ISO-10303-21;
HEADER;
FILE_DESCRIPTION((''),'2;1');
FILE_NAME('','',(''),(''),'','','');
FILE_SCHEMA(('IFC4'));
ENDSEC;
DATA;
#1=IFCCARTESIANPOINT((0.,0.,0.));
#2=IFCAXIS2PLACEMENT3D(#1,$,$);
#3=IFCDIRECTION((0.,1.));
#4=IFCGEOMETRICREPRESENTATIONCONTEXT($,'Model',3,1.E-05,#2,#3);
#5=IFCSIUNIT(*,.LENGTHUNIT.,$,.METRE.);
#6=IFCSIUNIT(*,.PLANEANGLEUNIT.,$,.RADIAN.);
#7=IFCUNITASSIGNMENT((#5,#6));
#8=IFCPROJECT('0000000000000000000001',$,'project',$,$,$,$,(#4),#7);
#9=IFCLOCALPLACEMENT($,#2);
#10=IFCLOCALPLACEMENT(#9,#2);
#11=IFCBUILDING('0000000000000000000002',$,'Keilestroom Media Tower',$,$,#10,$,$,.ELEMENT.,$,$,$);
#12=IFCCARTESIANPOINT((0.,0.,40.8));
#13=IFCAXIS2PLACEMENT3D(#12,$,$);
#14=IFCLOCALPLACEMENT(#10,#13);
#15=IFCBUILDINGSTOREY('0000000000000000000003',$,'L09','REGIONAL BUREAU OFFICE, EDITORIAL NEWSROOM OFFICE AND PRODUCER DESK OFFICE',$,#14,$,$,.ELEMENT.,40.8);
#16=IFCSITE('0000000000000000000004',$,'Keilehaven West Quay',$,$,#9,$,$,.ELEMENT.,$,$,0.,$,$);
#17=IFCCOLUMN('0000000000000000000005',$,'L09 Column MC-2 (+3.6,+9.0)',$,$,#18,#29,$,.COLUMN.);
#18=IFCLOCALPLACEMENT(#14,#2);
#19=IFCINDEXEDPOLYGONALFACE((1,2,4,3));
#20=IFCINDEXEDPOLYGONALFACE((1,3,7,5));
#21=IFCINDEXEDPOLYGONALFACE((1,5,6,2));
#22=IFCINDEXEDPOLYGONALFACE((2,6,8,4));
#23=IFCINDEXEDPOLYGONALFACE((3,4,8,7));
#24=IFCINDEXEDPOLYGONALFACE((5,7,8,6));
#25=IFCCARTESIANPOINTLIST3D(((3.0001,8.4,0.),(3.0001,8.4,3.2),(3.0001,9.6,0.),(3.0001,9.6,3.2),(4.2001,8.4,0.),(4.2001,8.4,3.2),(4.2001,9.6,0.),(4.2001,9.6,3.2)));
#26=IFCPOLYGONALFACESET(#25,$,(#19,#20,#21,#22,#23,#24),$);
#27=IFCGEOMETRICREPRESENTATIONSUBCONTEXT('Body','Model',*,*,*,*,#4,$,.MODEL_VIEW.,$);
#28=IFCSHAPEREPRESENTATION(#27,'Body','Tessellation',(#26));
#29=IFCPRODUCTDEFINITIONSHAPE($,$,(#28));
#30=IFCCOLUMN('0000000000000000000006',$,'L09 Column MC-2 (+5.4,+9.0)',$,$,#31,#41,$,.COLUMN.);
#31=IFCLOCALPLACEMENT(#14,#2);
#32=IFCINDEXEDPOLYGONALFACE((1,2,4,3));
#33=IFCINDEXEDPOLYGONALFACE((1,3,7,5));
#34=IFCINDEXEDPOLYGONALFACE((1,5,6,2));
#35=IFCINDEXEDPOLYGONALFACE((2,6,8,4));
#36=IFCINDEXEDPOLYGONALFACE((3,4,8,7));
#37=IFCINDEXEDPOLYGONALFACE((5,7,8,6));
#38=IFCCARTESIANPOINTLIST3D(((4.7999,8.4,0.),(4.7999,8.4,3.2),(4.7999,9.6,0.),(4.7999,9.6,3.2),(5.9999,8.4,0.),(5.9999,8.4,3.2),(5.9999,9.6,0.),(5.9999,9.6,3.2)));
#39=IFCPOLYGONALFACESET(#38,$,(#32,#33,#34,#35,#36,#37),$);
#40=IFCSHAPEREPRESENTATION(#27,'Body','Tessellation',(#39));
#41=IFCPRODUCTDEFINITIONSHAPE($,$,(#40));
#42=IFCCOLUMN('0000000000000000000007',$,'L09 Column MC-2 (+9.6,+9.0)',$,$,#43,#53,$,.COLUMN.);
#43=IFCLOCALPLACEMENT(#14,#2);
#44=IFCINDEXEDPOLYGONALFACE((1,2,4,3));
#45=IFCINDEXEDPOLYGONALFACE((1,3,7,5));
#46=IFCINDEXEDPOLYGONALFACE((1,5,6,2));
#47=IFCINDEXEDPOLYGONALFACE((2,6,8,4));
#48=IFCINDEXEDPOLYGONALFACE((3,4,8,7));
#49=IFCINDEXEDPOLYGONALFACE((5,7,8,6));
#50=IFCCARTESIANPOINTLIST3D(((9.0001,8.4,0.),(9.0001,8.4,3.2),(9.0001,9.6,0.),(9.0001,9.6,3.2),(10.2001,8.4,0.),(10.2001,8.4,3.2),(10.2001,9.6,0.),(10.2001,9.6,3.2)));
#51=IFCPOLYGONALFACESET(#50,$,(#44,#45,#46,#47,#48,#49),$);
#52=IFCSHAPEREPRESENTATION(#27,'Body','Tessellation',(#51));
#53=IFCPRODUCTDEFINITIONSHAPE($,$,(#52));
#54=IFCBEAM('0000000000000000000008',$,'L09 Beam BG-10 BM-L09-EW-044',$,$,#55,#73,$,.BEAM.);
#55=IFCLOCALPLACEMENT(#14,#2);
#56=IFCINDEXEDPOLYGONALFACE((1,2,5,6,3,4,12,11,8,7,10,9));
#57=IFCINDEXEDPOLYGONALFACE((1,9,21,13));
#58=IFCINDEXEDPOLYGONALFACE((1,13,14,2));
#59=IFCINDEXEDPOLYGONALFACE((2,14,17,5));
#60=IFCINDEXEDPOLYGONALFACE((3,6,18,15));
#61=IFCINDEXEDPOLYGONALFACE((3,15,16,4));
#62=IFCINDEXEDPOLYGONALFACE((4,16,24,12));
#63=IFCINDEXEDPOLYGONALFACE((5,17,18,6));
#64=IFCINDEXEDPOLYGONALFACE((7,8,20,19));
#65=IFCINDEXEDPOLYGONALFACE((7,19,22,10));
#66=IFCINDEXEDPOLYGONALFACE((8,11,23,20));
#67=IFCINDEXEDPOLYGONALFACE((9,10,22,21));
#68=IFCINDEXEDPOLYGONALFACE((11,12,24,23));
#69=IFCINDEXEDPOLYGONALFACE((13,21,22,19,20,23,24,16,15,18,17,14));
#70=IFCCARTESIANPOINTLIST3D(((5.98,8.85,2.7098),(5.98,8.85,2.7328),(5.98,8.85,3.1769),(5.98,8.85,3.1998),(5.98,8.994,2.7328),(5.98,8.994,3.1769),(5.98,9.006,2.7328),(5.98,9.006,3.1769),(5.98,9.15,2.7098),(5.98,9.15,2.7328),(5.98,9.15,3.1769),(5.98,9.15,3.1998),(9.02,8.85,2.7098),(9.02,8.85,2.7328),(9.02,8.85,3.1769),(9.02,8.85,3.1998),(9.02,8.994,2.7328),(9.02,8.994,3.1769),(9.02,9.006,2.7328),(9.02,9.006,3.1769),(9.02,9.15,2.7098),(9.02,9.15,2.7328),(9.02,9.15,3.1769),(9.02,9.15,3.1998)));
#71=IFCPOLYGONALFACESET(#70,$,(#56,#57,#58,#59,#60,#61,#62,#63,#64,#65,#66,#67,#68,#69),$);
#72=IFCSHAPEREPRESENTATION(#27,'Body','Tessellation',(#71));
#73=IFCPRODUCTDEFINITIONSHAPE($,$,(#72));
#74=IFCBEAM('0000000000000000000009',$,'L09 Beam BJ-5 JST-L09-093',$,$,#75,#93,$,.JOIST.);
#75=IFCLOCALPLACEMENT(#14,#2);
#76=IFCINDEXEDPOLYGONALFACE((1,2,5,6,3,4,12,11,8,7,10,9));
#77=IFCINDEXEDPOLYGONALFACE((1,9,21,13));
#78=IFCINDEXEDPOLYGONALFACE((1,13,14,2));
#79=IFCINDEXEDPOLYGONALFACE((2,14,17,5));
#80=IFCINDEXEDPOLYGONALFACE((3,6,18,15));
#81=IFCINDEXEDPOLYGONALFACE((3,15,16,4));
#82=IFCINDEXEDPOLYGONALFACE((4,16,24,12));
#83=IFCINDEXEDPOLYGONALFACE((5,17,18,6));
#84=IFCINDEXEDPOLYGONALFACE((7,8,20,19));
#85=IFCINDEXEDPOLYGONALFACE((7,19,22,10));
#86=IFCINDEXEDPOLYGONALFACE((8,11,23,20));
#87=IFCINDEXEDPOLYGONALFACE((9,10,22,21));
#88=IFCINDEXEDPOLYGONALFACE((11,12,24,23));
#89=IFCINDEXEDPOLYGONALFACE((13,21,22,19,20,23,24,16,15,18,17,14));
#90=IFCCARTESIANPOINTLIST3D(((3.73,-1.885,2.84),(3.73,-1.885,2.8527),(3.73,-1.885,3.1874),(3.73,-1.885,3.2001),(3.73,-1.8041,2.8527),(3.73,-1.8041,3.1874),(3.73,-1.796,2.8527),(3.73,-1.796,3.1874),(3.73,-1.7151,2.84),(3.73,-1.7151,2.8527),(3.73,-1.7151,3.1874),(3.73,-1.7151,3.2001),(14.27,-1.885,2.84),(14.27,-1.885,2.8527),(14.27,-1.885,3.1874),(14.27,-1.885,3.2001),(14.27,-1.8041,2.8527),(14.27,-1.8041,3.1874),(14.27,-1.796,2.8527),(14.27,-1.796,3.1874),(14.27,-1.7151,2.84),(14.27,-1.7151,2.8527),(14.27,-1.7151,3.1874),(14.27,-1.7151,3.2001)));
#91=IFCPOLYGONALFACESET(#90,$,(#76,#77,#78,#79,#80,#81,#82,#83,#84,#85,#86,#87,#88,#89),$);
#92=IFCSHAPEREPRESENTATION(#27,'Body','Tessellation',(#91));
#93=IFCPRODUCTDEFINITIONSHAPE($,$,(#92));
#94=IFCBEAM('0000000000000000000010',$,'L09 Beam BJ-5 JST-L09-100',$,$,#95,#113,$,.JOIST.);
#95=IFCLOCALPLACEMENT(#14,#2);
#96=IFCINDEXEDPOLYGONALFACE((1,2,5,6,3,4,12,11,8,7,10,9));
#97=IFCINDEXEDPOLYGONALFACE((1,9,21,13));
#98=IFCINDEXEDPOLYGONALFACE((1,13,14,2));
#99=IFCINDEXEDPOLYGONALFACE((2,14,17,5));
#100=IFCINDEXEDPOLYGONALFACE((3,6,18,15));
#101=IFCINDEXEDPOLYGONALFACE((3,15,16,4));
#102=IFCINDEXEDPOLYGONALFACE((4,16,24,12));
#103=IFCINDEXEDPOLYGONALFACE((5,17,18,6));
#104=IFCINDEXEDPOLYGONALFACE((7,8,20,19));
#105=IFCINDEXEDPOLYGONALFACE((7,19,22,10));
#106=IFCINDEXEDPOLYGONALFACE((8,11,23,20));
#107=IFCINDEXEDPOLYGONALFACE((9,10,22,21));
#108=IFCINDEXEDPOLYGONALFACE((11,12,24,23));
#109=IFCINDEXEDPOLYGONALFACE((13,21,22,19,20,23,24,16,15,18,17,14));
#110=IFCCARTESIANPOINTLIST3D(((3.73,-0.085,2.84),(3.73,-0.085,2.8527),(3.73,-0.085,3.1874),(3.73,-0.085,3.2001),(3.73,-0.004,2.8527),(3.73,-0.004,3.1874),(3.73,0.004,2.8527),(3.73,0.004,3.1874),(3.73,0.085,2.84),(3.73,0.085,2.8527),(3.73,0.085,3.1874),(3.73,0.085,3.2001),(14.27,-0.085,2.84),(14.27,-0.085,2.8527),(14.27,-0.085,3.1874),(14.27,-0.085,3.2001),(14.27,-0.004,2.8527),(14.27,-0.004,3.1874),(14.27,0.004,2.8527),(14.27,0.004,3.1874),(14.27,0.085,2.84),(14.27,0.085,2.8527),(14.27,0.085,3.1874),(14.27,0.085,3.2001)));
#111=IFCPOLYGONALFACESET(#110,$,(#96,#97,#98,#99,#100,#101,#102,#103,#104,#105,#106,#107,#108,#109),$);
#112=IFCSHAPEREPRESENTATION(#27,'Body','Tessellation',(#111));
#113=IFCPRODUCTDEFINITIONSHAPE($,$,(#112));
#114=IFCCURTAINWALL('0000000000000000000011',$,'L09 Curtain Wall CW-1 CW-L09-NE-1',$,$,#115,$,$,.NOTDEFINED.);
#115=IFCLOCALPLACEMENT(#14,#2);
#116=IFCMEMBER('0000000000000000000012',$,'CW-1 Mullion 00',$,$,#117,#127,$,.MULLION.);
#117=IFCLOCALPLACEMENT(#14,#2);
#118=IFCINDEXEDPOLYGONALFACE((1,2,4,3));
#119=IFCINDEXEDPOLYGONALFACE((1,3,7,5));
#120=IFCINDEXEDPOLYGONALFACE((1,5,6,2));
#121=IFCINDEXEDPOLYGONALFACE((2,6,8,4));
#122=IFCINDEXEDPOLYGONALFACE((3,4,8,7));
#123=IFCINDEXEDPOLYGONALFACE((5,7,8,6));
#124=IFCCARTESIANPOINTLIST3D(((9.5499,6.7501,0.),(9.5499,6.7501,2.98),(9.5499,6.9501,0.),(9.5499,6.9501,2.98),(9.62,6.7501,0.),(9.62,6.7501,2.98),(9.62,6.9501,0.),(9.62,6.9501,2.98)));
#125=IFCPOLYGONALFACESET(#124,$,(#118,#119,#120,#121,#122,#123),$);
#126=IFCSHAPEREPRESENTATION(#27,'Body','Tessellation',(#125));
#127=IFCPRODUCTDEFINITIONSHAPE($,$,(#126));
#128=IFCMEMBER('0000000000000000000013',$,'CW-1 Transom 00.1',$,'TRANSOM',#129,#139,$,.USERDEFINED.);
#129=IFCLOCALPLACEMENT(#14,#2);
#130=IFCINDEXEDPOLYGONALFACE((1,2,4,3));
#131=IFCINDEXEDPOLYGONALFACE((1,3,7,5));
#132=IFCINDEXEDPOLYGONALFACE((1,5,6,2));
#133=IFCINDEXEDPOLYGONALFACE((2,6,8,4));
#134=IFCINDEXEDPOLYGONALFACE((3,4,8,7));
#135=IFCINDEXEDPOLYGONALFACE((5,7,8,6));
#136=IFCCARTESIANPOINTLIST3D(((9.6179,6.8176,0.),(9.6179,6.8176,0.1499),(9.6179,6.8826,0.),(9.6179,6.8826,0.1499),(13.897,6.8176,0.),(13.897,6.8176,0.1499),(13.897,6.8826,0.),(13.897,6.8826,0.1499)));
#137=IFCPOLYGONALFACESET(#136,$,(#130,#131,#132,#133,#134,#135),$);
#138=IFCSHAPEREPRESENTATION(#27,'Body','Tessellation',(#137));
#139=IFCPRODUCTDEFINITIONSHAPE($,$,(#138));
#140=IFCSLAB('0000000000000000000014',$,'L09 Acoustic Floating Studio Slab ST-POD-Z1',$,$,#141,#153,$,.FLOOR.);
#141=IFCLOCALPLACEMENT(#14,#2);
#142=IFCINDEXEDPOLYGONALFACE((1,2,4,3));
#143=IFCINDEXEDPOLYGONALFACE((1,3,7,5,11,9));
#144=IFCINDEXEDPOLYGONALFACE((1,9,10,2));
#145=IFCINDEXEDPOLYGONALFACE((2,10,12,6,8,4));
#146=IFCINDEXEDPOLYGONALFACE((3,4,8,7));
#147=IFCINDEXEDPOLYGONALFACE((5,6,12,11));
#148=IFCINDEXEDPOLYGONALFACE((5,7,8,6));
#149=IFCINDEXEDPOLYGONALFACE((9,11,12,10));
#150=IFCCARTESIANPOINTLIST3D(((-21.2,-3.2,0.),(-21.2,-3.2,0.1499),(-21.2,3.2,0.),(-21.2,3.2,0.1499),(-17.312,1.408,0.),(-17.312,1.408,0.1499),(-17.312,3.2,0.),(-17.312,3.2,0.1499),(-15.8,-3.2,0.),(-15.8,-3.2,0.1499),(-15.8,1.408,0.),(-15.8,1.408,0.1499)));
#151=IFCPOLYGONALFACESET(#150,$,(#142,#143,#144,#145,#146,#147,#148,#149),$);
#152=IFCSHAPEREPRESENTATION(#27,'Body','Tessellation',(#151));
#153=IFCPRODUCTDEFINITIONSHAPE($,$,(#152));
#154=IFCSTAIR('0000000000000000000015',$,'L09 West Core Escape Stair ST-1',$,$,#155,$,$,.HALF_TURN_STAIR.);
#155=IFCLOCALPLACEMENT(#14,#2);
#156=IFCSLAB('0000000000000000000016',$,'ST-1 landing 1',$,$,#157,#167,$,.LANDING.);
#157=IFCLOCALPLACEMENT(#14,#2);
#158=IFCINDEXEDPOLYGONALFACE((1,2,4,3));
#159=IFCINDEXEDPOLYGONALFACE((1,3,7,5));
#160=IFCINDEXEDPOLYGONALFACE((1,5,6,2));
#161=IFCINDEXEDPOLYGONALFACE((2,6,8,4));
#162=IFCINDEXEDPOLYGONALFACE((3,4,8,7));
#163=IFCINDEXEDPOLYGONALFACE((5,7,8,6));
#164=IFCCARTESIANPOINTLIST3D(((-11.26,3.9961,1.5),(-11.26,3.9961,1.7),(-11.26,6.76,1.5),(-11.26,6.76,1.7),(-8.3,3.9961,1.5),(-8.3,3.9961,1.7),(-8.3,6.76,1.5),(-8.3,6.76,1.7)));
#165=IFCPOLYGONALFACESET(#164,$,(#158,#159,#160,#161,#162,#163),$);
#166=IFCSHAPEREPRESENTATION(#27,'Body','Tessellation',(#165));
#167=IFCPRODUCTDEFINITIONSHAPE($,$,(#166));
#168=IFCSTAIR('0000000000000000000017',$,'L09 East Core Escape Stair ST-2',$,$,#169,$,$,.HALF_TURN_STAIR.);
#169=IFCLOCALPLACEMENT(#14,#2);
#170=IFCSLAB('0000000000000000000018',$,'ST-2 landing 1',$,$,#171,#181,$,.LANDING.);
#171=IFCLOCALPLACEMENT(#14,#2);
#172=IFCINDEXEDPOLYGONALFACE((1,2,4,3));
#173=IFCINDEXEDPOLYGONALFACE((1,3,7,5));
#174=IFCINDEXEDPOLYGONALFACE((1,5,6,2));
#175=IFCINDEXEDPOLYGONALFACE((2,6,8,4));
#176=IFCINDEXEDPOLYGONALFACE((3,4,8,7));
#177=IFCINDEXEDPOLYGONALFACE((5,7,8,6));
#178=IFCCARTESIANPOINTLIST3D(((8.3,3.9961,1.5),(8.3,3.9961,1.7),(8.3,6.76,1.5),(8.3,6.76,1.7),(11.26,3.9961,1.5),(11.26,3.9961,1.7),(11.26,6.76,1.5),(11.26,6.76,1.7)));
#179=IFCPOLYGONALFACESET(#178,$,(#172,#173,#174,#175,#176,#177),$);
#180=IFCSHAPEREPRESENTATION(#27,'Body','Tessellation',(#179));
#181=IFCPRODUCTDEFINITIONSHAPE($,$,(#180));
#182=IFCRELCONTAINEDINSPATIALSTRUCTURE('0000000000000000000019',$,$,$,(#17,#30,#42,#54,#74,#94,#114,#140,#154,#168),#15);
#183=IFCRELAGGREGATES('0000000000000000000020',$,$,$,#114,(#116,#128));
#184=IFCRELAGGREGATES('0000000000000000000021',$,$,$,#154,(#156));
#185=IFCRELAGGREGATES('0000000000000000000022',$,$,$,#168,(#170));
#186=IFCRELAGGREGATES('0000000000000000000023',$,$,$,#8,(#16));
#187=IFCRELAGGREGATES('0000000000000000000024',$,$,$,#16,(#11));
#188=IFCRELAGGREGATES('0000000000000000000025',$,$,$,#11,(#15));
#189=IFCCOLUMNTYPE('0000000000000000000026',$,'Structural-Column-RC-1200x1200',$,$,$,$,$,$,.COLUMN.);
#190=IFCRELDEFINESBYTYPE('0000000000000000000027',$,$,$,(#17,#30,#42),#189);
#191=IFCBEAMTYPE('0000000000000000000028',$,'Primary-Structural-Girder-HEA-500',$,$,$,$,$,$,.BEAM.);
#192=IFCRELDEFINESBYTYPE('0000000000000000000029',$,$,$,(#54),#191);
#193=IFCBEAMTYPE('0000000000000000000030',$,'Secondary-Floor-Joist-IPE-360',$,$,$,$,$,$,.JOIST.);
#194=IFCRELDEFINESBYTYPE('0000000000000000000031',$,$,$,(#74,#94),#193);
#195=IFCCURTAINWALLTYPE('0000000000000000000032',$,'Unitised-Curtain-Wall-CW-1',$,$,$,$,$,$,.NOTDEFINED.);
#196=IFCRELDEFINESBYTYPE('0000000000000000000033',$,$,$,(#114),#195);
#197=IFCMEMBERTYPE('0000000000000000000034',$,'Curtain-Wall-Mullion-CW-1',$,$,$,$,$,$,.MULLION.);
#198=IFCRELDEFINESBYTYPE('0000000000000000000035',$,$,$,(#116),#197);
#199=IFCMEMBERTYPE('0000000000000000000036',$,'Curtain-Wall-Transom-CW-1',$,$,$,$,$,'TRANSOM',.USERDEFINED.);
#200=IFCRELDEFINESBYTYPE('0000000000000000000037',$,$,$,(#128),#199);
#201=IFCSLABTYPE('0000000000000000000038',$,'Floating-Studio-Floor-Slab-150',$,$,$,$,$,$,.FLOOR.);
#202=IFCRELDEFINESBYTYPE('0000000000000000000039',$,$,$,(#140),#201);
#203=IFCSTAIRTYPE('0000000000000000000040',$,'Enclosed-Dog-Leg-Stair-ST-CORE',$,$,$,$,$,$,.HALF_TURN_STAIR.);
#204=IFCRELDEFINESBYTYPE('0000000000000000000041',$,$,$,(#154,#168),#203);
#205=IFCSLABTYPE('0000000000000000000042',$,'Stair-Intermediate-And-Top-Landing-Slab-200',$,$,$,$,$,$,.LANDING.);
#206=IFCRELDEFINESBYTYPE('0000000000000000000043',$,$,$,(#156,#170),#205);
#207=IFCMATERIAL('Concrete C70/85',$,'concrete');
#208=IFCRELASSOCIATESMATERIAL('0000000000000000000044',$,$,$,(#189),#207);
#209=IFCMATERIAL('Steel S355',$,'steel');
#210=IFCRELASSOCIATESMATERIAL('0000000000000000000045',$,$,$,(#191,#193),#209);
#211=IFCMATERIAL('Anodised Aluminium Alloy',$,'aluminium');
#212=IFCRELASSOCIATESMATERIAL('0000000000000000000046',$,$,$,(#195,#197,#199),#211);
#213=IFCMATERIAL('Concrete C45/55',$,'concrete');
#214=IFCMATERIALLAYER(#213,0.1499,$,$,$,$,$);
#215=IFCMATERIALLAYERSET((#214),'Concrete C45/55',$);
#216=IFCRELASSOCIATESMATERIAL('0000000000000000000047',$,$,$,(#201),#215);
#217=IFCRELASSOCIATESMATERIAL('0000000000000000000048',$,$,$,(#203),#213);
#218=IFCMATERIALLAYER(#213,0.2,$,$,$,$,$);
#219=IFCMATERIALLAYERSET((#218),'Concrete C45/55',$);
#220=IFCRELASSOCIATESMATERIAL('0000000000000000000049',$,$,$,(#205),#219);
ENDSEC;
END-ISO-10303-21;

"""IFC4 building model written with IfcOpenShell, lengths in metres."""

from ifc_helpers import new_model, si_unit, direction, frame, origin, origin_2d, place, context, subcontext, project, spatial, polyline, rectangle, i_section, outline, extrude, source, transform, mapped, material, layer, layer_set, material_profile, profile_set, type_object, element, aggregate, save


model = new_model("IFC4")

# Units and contexts
model_context = context("Model", 3, precision=1e-05, world=origin(), true_north=direction((0.0, 1.0)))
body_context = subcontext(model_context, "Body", "Model", "MODEL_VIEW")
ifc_project = project(units=[si_unit("LENGTHUNIT", "METRE"), si_unit("PLANEANGLEUNIT", "RADIAN")], contexts=[model_context])

# Site, building, storey
site_placement = place(None, origin())
site = spatial("IfcSite", under=ifc_project, at=site_placement, Name="Keilehaven West Quay", CompositionType="ELEMENT", RefElevation=0.0)
building_placement = place(site_placement, origin())
building = spatial("IfcBuilding", under=site, at=building_placement, Name="Keilestroom Media Tower", CompositionType="ELEMENT")
storey_placement = place(building_placement, frame((0.0, 0.0, 40.8)))
storey = spatial("IfcBuildingStorey", under=building, at=storey_placement, Name="L09", Description="REGIONAL BUREAU OFFICE, EDITORIAL NEWSROOM OFFICE AND PRODUCER DESK OFFICE", CompositionType="ELEMENT", Elevation=40.8)

# Columns
ifc_material_1 = material(Name="Concrete C70/85", Category="concrete")
ifc_material_profile_1 = material_profile(ifc_material_1, rectangle(XDim=1.2, YDim=1.2, at=origin_2d()), Name="RC 1200x1200")
ifc_profile_set_1 = profile_set([ifc_material_profile_1], Name="Concrete C70/85")
column_type = type_object("IfcColumnType", Name="Structural-Column-RC-1200x1200", PredefinedType="COLUMN", material=ifc_profile_set_1)
shared_shape_1 = source(origin(), body_context, "Body", "SweptSolid", [
    extrude(rectangle(XDim=1.2, YDim=1.2, at=origin_2d()), origin(), (0.0, 0.0, 1.0), 3.2),
])
for number, where, z_axis, x_axis, name in (
    (1, (3.6001, 9.0, 0.0), (0.0, 0.0, 1.0), (1.0, 0.0, 0.0), "L09 Column MC-2 (+3.6,+9.0)"),
    (2, (5.3999, 9.0, 0.0), (0.0, 0.0, 1.0), (1.0, 0.0, 0.0), "L09 Column MC-2 (+5.4,+9.0)"),
    (3, (9.6001, 9.0, 0.0), (0.0, 0.0, 1.0), (1.0, 0.0, 0.0), "L09 Column MC-2 (+9.6,+9.0)"),
):
    element("IfcColumn", number, at=place(storey_placement, frame(where, z_axis=z_axis, x_axis=x_axis)), inside=storey, type_object=column_type, Name=name, PredefinedType="COLUMN", context=body_context, shape_type="MappedRepresentation", body=[
        mapped(shared_shape_1, transform((0.0, 0.0, 0.0), x_axis=(1.0, 0.0, 0.0), y_axis=(0.0, 1.0, 0.0), z_axis=(0.0, 0.0, 1.0), scale=1.0)),
    ])

# Beams
ifc_material_2 = material(Name="Steel S355", Category="steel")
ifc_material_profile_2 = material_profile(ifc_material_2, i_section(OverallWidth=0.3, OverallDepth=0.49, WebThickness=0.012, FlangeThickness=0.0229, at=origin_2d()), Name="HEA 500")
ifc_profile_set_2 = profile_set([ifc_material_profile_2], Name="Steel S355")
beam_type_1 = type_object("IfcBeamType", Name="Primary-Structural-Girder-HEA-500", PredefinedType="BEAM", material=ifc_profile_set_2)
shared_shape_2 = source(origin(), body_context, "Body", "SweptSolid", [
    extrude(i_section(OverallWidth=0.3, OverallDepth=0.49, WebThickness=0.012, FlangeThickness=0.0229, at=origin_2d()), origin(), (0.0, 0.0, 1.0), 3.04),
])
beam_placement = place(storey_placement, frame((5.98, 9.0, 2.9548), z_axis=(1.0, 0.0, 0.0), x_axis=(0.0, 1.0, 0.0)))
element("IfcBeam", 4, at=beam_placement, inside=storey, type_object=beam_type_1, Name="L09 Beam BG-10 BM-L09-EW-044", PredefinedType="BEAM", context=body_context, shape_type="MappedRepresentation", body=[
    mapped(shared_shape_2, transform((0.0, 0.0, 0.0), x_axis=(1.0, 0.0, 0.0), y_axis=(0.0, 1.0, 0.0), z_axis=(0.0, 0.0, 1.0), scale=1.0)),
])
ifc_material_profile_3 = material_profile(ifc_material_2, i_section(OverallWidth=0.1699, OverallDepth=0.3601, WebThickness=0.0081, FlangeThickness=0.0127, at=origin_2d()), Name="IPE 360")
ifc_profile_set_3 = profile_set([ifc_material_profile_3], Name="Steel S355")
beam_type_2 = type_object("IfcBeamType", Name="Secondary-Floor-Joist-IPE-360", PredefinedType="JOIST", material=ifc_profile_set_3)
shared_shape_3 = source(origin(), body_context, "Body", "SweptSolid", [
    extrude(i_section(OverallWidth=0.1699, OverallDepth=0.3601, WebThickness=0.0081, FlangeThickness=0.0127, at=origin_2d()), origin(), (0.0, 0.0, 1.0), 10.54),
])
for number, where, z_axis, x_axis, name in (
    (5, (3.73, -1.8, 3.02), (1.0, 0.0, 0.0), (0.0, 1.0, 0.0), "L09 Beam BJ-5 JST-L09-093"),
    (6, (3.73, 0.0, 3.02), (1.0, 0.0, 0.0), (0.0, 1.0, 0.0), "L09 Beam BJ-5 JST-L09-100"),
):
    element("IfcBeam", number, at=place(storey_placement, frame(where, z_axis=z_axis, x_axis=x_axis)), inside=storey, type_object=beam_type_2, Name=name, PredefinedType="JOIST", context=body_context, shape_type="MappedRepresentation", body=[
        mapped(shared_shape_3, transform((0.0, 0.0, 0.0), x_axis=(1.0, 0.0, 0.0), y_axis=(0.0, 1.0, 0.0), z_axis=(0.0, 0.0, 1.0), scale=1.0)),
    ])

# Curtain wall, members
ifc_material_3 = material(Name="Anodised Aluminium Alloy", Category="aluminium")
curtain_wall_type = type_object("IfcCurtainWallType", Name="Unitised-Curtain-Wall-CW-1", PredefinedType="NOTDEFINED", material=ifc_material_3)
curtain_wall_placement = place(storey_placement, origin())
curtain_wall = element("IfcCurtainWall", 7, at=curtain_wall_placement, inside=storey, type_object=curtain_wall_type, Name="L09 Curtain Wall CW-1 CW-L09-NE-1", PredefinedType="NOTDEFINED")
ifc_material_profile_4 = material_profile(ifc_material_3, rectangle(XDim=0.0701, YDim=0.2, at=origin_2d()), Name="ALU MULLION 70x200")
ifc_profile_set_4 = profile_set([ifc_material_profile_4], Name="Anodised Aluminium Alloy")
member_type_1 = type_object("IfcMemberType", Name="Curtain-Wall-Mullion-CW-1", PredefinedType="MULLION", material=ifc_profile_set_4)
shared_shape_4 = source(origin(), body_context, "Body", "SweptSolid", [
    extrude(rectangle(XDim=0.0701, YDim=0.2, at=origin_2d()), origin(), (0.0, 0.0, 1.0), 2.98),
])
member_1_placement = place(storey_placement, frame((9.585, 6.8501, 0.0), z_axis=(0.0, 0.0, 1.0), x_axis=(1.0, 0.0, 0.0)))
member_1 = element("IfcMember", 8, at=member_1_placement, type_object=member_type_1, Name="CW-1 Mullion 00", PredefinedType="MULLION", context=body_context, shape_type="MappedRepresentation", body=[
    mapped(shared_shape_4, transform((0.0, 0.0, 0.0), x_axis=(1.0, 0.0, 0.0), y_axis=(0.0, 1.0, 0.0), z_axis=(0.0, 0.0, 1.0), scale=1.0)),
])
ifc_material_profile_5 = material_profile(ifc_material_3, rectangle(XDim=0.0649, YDim=0.1499, at=origin_2d()), Name="ALU TRANSOM 65x150")
ifc_profile_set_5 = profile_set([ifc_material_profile_5], Name="Anodised Aluminium Alloy")
member_type_2 = type_object("IfcMemberType", Name="Curtain-Wall-Transom-CW-1", ElementType="TRANSOM", PredefinedType="USERDEFINED", material=ifc_profile_set_5)
shared_shape_5 = source(origin(), body_context, "Body", "SweptSolid", [
    extrude(rectangle(XDim=0.0649, YDim=0.1499, at=origin_2d()), origin(), (0.0, 0.0, 1.0), 4.2791),
])
member_2_placement = place(storey_placement, frame((9.6179, 6.8501, 0.075), z_axis=(1.0, 0.0, 0.0), x_axis=(0.0, 1.0, 0.0)))
member_2 = element("IfcMember", 9, at=member_2_placement, type_object=member_type_2, Name="CW-1 Transom 00.1", ObjectType="TRANSOM", PredefinedType="USERDEFINED", context=body_context, shape_type="MappedRepresentation", body=[
    mapped(shared_shape_5, transform((0.0, 0.0, 0.0), x_axis=(1.0, 0.0, 0.0), y_axis=(0.0, 1.0, 0.0), z_axis=(0.0, 0.0, 1.0), scale=1.0)),
])
aggregate(curtain_wall, [member_1, member_2])

# Slab
ifc_material_4 = material(Name="Concrete C45/55", Category="concrete")
ifc_layer_1 = layer(ifc_material_4, 0.1499)
ifc_layer_set_1 = layer_set([ifc_layer_1], Name="Concrete C45/55")
slab_type_1 = type_object("IfcSlabType", Name="Floating-Studio-Floor-Slab-150", PredefinedType="FLOOR", material=ifc_layer_set_1)
slab_1_placement = place(storey_placement, origin())
element("IfcSlab", 10, at=slab_1_placement, inside=storey, type_object=slab_type_1, Name="L09 Acoustic Floating Studio Slab ST-POD-Z1", PredefinedType="FLOOR", context=body_context, shape_type="SweptSolid", body=[
    extrude(outline(polyline([(-21.2, -3.2), (-15.8, -3.2), (-15.8, 1.408), (-17.312, 1.408), (-17.312, 3.2), (-21.2, 3.2), (-21.2, -3.2)])), origin(), (0.0, 0.0, 1.0), 0.1499),
])

# Stairs, slabs
stair_type = type_object("IfcStairType", Name="Enclosed-Dog-Leg-Stair-ST-CORE", PredefinedType="HALF_TURN_STAIR", material=ifc_material_4)
stair_1_placement = place(storey_placement, origin())
stair_1 = element("IfcStair", 11, at=stair_1_placement, inside=storey, type_object=stair_type, Name="L09 West Core Escape Stair ST-1", PredefinedType="HALF_TURN_STAIR")
ifc_layer_2 = layer(ifc_material_4, 0.2)
ifc_layer_set_2 = layer_set([ifc_layer_2], Name="Concrete C45/55")
slab_type_2 = type_object("IfcSlabType", Name="Stair-Intermediate-And-Top-Landing-Slab-200", PredefinedType="LANDING", material=ifc_layer_set_2)
slab_2_placement = place(storey_placement, frame((0.0, 0.0, 1.5)))
slab_2 = element("IfcSlab", 12, at=slab_2_placement, type_object=slab_type_2, Name="ST-1 landing 1", PredefinedType="LANDING", context=body_context, shape_type="SweptSolid", body=[
    extrude(outline(polyline([(-8.3, 3.9961), (-8.3, 6.76), (-11.26, 6.76), (-11.26, 3.9961), (-8.3, 3.9961)])), origin(), (0.0, 0.0, 1.0), 0.2),
])
aggregate(stair_1, [slab_2])
stair_2_placement = place(storey_placement, origin())
stair_2 = element("IfcStair", 13, at=stair_2_placement, inside=storey, type_object=stair_type, Name="L09 East Core Escape Stair ST-2", PredefinedType="HALF_TURN_STAIR")
slab_3_placement = place(storey_placement, frame((0.0, 0.0, 1.5)))
slab_3 = element("IfcSlab", 14, at=slab_3_placement, type_object=slab_type_2, Name="ST-2 landing 1", PredefinedType="LANDING", context=body_context, shape_type="SweptSolid", body=[
    extrude(outline(polyline([(11.26, 3.9961), (11.26, 6.76), (8.3, 6.76), (8.3, 3.9961), (11.26, 3.9961)])), origin(), (0.0, 0.0, 1.0), 0.2),
])

aggregate(stair_2, [slab_3])

save(model, "model.ifc")
